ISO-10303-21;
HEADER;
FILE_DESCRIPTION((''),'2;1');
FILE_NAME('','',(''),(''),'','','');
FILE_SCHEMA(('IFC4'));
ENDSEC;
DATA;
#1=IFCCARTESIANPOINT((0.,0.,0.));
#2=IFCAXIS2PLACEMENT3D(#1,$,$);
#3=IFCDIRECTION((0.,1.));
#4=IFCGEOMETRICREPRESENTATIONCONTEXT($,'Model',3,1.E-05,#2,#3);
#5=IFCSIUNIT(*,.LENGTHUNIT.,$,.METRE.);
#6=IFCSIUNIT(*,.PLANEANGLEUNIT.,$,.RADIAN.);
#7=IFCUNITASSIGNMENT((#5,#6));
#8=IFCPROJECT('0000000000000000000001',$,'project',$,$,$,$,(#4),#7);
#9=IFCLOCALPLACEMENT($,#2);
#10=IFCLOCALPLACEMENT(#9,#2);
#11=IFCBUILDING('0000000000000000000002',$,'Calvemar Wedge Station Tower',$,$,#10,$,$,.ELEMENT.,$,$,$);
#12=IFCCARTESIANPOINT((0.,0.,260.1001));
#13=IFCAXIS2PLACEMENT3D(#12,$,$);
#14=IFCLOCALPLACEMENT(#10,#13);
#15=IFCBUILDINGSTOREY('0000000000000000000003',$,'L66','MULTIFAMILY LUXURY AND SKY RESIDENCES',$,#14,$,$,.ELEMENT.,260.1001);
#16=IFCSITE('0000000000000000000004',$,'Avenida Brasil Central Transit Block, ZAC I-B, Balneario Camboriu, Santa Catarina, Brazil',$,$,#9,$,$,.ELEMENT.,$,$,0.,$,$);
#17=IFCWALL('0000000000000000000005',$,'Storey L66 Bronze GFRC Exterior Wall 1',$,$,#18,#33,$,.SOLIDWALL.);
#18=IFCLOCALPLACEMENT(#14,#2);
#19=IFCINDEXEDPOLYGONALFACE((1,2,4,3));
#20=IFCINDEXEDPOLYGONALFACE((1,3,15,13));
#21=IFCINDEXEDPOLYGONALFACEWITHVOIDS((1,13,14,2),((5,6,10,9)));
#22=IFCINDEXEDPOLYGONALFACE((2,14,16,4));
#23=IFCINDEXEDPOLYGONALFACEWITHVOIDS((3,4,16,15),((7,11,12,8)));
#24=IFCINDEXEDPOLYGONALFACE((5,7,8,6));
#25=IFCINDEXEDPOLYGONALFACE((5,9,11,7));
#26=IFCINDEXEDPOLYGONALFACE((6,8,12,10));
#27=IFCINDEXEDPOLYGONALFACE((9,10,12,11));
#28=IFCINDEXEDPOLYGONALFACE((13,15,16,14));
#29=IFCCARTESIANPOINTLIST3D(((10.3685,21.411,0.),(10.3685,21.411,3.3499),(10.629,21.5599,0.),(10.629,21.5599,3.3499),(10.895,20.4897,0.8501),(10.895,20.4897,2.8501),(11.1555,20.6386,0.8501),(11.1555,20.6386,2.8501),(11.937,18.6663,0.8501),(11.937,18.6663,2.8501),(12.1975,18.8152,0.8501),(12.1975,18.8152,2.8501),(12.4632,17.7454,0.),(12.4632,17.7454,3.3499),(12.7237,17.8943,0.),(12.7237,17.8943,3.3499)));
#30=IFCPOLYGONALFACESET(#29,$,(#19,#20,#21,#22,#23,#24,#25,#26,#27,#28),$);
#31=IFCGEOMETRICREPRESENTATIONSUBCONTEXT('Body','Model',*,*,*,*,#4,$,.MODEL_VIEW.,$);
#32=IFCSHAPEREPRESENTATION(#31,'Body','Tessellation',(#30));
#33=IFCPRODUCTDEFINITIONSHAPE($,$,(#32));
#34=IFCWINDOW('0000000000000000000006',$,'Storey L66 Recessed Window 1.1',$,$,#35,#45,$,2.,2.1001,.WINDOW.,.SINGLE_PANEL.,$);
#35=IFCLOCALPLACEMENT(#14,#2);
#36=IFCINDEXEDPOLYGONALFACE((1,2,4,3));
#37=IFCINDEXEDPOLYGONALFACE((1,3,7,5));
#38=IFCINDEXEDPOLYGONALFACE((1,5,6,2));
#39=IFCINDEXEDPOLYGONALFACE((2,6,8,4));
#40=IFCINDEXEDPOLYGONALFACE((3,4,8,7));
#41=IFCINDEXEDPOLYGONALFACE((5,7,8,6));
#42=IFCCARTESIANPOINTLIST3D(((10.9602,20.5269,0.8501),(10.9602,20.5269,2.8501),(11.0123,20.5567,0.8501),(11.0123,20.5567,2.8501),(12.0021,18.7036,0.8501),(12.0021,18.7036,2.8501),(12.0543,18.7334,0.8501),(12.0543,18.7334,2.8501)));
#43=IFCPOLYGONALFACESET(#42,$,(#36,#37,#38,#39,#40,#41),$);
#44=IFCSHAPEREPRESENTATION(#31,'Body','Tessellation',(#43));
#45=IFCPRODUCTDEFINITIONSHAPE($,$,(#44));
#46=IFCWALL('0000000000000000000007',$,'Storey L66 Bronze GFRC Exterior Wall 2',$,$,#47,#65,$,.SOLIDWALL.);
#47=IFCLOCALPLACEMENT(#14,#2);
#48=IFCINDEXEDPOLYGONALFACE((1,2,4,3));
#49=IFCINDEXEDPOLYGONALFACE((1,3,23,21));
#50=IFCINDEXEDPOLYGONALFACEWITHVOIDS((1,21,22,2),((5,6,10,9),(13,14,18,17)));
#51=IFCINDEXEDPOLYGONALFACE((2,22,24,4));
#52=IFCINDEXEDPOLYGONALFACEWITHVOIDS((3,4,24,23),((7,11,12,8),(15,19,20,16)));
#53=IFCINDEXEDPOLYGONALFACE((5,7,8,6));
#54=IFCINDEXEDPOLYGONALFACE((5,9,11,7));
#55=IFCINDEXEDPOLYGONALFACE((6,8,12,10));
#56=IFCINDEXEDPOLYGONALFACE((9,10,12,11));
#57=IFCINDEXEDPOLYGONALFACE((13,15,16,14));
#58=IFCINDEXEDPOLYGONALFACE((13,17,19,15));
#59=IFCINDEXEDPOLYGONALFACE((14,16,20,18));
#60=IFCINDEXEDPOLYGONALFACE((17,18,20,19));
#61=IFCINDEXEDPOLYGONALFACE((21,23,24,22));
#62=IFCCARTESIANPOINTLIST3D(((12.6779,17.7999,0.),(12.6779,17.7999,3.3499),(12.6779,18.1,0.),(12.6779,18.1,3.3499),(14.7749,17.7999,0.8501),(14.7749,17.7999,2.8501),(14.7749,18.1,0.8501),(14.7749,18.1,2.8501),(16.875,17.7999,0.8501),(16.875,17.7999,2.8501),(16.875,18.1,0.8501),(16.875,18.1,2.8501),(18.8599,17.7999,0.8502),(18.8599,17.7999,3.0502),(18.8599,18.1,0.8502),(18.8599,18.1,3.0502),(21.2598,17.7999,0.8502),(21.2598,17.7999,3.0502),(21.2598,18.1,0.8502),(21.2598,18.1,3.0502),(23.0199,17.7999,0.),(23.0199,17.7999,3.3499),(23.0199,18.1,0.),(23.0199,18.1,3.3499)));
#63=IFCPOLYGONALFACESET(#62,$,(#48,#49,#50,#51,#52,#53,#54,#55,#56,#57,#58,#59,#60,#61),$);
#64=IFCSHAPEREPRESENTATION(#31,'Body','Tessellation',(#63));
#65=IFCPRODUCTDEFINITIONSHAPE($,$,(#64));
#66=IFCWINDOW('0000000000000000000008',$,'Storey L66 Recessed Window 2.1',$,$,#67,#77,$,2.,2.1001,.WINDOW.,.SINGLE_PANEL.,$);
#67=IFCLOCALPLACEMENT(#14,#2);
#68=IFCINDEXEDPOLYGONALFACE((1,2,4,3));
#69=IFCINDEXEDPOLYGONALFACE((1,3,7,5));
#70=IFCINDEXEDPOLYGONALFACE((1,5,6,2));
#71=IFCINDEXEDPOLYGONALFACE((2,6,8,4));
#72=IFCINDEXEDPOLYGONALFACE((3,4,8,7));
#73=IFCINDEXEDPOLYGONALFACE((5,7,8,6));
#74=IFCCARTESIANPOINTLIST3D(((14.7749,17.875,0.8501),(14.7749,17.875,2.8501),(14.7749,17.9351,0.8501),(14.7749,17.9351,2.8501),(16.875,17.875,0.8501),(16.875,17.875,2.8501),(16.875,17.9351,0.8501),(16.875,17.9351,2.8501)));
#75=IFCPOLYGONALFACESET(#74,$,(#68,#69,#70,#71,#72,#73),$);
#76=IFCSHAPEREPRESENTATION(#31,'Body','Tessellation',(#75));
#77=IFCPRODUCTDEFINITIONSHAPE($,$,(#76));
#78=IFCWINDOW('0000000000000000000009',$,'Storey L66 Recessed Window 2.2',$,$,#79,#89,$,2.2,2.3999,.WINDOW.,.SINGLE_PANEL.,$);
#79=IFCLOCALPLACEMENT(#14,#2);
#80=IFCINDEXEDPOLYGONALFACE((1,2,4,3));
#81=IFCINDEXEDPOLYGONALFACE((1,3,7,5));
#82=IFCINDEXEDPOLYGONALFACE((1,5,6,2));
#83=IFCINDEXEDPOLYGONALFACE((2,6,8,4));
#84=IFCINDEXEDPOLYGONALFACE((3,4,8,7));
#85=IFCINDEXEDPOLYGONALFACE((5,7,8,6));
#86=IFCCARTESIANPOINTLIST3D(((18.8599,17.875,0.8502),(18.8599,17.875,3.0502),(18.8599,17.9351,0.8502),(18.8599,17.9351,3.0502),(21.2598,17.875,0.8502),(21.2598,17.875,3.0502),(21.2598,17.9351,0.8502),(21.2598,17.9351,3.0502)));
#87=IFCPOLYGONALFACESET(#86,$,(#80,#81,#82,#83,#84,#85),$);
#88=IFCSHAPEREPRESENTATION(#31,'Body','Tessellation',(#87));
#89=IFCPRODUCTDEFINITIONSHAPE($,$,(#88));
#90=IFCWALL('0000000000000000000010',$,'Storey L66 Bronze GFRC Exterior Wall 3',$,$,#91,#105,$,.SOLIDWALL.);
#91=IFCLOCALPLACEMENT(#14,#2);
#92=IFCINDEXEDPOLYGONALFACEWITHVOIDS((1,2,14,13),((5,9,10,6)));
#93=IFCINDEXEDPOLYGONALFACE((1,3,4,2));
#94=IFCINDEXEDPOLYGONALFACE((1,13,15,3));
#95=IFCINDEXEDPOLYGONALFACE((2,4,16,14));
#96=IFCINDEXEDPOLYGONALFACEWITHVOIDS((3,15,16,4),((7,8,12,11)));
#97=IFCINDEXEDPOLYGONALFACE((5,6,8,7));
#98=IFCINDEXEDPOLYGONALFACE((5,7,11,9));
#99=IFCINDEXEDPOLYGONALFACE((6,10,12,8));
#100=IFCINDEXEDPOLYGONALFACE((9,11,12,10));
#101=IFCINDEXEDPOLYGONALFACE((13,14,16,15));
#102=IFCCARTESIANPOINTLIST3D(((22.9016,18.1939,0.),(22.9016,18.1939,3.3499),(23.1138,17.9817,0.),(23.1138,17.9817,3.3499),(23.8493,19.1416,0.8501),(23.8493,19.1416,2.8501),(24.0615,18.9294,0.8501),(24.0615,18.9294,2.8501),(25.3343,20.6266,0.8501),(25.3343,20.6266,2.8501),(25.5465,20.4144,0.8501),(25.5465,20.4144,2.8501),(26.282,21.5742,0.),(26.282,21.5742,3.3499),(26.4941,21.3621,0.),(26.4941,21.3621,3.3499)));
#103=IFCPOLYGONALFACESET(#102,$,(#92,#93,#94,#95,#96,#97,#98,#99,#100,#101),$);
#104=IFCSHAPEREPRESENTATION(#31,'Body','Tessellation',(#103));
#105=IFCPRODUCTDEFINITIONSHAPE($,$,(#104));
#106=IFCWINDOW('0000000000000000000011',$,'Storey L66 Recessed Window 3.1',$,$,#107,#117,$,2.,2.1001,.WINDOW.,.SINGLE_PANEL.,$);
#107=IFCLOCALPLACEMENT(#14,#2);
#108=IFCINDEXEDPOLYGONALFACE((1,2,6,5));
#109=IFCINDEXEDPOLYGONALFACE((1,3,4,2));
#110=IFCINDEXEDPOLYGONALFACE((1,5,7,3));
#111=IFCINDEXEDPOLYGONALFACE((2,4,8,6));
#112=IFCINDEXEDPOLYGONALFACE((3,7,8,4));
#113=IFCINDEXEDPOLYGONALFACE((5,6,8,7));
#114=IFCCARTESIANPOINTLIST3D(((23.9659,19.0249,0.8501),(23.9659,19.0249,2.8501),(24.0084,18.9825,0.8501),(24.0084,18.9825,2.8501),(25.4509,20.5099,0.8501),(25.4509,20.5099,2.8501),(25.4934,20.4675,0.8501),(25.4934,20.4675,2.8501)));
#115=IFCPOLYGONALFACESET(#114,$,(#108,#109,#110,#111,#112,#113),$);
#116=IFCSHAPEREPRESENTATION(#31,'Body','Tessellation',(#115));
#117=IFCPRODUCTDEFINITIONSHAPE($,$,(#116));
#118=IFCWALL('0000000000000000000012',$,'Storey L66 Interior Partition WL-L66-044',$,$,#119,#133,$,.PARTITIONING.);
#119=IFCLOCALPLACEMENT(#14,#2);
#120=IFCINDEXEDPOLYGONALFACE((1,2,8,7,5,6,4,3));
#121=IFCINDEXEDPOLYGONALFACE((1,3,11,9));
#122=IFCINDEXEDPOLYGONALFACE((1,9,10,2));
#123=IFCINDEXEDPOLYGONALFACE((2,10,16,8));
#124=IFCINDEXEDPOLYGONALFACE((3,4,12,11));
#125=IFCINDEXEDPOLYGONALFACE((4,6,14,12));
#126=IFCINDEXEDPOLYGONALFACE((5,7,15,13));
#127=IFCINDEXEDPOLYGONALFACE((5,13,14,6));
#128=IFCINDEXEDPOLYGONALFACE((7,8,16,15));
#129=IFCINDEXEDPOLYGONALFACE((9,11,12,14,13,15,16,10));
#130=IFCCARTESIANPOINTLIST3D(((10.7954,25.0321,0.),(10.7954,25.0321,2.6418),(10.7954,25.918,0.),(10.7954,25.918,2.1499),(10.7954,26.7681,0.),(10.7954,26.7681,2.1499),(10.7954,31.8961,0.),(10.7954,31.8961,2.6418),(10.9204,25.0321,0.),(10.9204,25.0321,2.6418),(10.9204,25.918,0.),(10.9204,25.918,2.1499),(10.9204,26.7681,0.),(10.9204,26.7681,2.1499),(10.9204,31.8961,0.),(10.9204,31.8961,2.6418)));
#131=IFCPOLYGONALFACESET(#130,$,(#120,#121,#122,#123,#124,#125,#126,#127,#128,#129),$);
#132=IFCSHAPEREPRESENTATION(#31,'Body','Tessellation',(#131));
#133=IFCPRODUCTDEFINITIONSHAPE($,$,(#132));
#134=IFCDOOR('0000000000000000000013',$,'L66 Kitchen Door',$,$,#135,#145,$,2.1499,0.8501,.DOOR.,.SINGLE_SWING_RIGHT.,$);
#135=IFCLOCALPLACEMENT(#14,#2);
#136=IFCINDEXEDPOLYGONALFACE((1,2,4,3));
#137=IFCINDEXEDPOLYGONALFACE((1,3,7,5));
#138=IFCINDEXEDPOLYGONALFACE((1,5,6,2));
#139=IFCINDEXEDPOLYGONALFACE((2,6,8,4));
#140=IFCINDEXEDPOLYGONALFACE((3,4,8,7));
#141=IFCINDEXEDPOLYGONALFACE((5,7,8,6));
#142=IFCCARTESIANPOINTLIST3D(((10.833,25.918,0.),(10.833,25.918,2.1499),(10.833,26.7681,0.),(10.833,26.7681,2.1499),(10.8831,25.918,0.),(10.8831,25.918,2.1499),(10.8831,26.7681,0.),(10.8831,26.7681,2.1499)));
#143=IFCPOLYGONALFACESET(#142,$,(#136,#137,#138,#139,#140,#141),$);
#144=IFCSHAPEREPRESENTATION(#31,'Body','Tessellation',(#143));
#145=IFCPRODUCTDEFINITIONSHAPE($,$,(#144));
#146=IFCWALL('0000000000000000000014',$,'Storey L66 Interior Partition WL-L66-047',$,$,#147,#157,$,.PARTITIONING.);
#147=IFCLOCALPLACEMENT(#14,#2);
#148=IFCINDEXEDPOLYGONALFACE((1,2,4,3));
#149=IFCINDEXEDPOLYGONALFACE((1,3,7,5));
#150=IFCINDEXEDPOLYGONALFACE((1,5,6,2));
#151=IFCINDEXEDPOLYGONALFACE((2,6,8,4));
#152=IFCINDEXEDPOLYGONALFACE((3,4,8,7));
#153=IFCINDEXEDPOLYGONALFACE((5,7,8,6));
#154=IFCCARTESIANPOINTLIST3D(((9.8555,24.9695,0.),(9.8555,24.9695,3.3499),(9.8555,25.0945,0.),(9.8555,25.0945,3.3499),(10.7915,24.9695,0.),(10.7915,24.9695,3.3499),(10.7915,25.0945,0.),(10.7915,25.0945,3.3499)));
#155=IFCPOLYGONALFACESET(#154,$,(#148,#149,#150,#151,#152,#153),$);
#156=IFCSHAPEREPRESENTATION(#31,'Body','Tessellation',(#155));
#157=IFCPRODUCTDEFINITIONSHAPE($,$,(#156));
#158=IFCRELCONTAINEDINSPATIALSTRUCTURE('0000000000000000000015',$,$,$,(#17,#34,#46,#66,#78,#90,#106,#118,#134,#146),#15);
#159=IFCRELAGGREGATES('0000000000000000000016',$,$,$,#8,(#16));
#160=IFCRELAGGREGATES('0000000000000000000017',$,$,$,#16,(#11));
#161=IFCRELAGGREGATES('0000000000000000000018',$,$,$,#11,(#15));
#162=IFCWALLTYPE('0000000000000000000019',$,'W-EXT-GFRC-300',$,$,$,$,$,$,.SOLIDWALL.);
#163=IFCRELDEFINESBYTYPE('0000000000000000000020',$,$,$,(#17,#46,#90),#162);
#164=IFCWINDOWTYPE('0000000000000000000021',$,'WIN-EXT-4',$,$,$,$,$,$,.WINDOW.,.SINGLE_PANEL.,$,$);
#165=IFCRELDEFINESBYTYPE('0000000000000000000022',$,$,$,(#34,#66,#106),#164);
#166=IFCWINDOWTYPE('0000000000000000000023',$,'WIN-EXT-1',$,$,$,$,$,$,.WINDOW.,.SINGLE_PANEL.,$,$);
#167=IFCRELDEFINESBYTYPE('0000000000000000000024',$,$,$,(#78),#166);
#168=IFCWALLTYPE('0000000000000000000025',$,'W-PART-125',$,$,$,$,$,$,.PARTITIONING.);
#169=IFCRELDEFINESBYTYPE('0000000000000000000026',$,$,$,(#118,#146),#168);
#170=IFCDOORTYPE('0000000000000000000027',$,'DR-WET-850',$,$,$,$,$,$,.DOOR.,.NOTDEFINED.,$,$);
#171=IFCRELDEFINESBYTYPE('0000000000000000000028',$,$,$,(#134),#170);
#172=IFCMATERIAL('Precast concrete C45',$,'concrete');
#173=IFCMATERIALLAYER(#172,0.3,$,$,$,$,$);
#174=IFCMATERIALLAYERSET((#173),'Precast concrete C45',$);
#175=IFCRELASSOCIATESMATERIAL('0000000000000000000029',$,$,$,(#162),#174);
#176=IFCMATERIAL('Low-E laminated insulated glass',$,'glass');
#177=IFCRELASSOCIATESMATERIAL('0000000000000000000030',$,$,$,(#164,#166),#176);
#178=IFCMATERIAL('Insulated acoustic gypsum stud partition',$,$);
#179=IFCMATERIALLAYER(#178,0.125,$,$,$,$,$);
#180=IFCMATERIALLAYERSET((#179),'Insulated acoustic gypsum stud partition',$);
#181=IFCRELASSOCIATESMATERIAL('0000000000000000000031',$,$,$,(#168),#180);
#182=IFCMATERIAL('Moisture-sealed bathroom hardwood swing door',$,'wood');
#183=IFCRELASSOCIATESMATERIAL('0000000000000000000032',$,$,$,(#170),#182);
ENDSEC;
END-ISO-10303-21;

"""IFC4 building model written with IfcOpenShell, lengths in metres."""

from ifc_helpers import new_model, si_unit, direction, frame, frame_2d, origin, place, context, subcontext, project, spatial, rectangle, extrude, source, transform, mapped, material, layer, layer_set, type_object, element, fill, save


model = new_model("IFC4")

# Units and contexts
model_context = context("Model", 3, precision=1e-05, world=origin(), true_north=direction((0.0, 1.0)))
body_context = subcontext(model_context, "Body", "Model", "MODEL_VIEW")
ifc_project = project(units=[si_unit("LENGTHUNIT", "METRE"), si_unit("PLANEANGLEUNIT", "RADIAN")], contexts=[model_context])

# Site, building, storey
site_placement = place(None, origin())
site = spatial("IfcSite", under=ifc_project, at=site_placement, Name="Avenida Brasil Central Transit Block, ZAC I-B, Balneario Camboriu, Santa Catarina, Brazil", CompositionType="ELEMENT", RefElevation=0.0)
building_placement = place(site_placement, origin())
building = spatial("IfcBuilding", under=site, at=building_placement, Name="Calvemar Wedge Station Tower", CompositionType="ELEMENT")
storey_placement = place(building_placement, frame((0.0, 0.0, 260.1001)))
storey = spatial("IfcBuildingStorey", under=building, at=storey_placement, Name="L66", Description="MULTIFAMILY LUXURY AND SKY RESIDENCES", CompositionType="ELEMENT", Elevation=260.1001)

# Wall, opening, window
ifc_material_1 = material(Name="Precast concrete C45", Category="concrete")
ifc_layer_1 = layer(ifc_material_1, 0.3)
ifc_layer_set_1 = layer_set([ifc_layer_1], Name="Precast concrete C45")
wall_type_1 = type_object("IfcWallType", Name="W-EXT-GFRC-300", PredefinedType="SOLIDWALL", material=ifc_layer_set_1)
wall_1_placement = place(storey_placement, frame((10.4988, 21.4854, 0.0), z_axis=(0.0, 0.0, 1.0), x_axis=(0.496164, -0.868229, 0.0)))
wall_1 = element("IfcWall", 1, at=wall_1_placement, inside=storey, type_object=wall_type_1, Name="Storey L66 Bronze GFRC Exterior Wall 1", PredefinedType="SOLIDWALL", context=body_context, shape_type="SweptSolid", body=[
    extrude(rectangle(XDim=4.2219, YDim=0.3, at=frame_2d((2.1108, 0.0))), origin(), (0.0, 0.0, 1.0), 3.3499),
])
shared_shape_1 = source(origin(), body_context, "Body", "SweptSolid", [
    extrude(rectangle(XDim=2.1001, YDim=2.0, at=frame_2d((1.05, 1.0))), frame((0.0, 0.1602, 0.0), z_axis=(0.0, -1.0, 0.0), x_axis=(1.0, 0.0, 0.0)), (0.0, 0.0, 1.0), 0.3201),
])
opening_1_placement = place(wall_1_placement, frame((1.061, 0.0, 0.8501)))
opening_1 = element("IfcOpeningElement", 2, at=opening_1_placement, cuts=wall_1, PredefinedType="OPENING", context=body_context, shape_type="MappedRepresentation", body=[
    mapped(shared_shape_1, transform((0.0, 0.0, 0.0), scale=1.0)),
])
ifc_material_2 = material(Name="Low-E laminated insulated glass", Category="glass")
window_type_1 = type_object("IfcWindowType", Name="WIN-EXT-4", PartitioningType="SINGLE_PANEL", PredefinedType="WINDOW", material=ifc_material_2)
shared_shape_2 = source(origin(), body_context, "Body", "SweptSolid", [
    extrude(rectangle(XDim=2.1001, YDim=2.0, at=frame_2d((1.05, 1.0))), frame((0.0, -0.0149, 0.0), z_axis=(0.0, -1.0, 0.0), x_axis=(1.0, 0.0, 0.0)), (0.0, 0.0, 1.0), 0.0601),
])
window_1_placement = place(opening_1_placement, origin())
window_1 = element("IfcWindow", 3, at=window_1_placement, inside=storey, type_object=window_type_1, Name="Storey L66 Recessed Window 1.1", OverallHeight=2.0, OverallWidth=2.1001, PartitioningType="SINGLE_PANEL", PredefinedType="WINDOW", context=body_context, shape_type="MappedRepresentation", body=[
    mapped(shared_shape_2, transform((0.0, 0.0, 0.0), scale=1.0)),
])
fill(opening_1, window_1)

# Wall, openings, windows
wall_2_placement = place(storey_placement, frame((12.678, 17.95, 0.0), z_axis=(0.0, 0.0, 1.0), x_axis=(1.0, 0.0, 0.0)))
wall_2 = element("IfcWall", 4, at=wall_2_placement, inside=storey, type_object=wall_type_1, Name="Storey L66 Bronze GFRC Exterior Wall 2", PredefinedType="SOLIDWALL", context=body_context, shape_type="SweptSolid", body=[
    extrude(rectangle(XDim=10.342, YDim=0.3, at=frame_2d((5.1709, 0.0))), origin(), (0.0, 0.0, 1.0), 3.3499),
])
opening_2_placement = place(wall_2_placement, frame((2.0969, 0.0, 0.8501)))
opening_2 = element("IfcOpeningElement", 5, at=opening_2_placement, cuts=wall_2, PredefinedType="OPENING", context=body_context, shape_type="MappedRepresentation", body=[
    mapped(shared_shape_1, transform((0.0, 0.0, 0.0), scale=1.0)),
])
shared_shape_3 = source(origin(), body_context, "Body", "SweptSolid", [
    extrude(rectangle(XDim=2.3999, YDim=2.2, at=frame_2d((1.2, 1.1001))), frame((0.0, 0.1602, 0.0), z_axis=(0.0, -1.0, 0.0), x_axis=(1.0, 0.0, 0.0)), (0.0, 0.0, 1.0), 0.3201),
])
opening_3_placement = place(wall_2_placement, frame((6.1819, 0.0, 0.8501)))
opening_3 = element("IfcOpeningElement", 6, at=opening_3_placement, cuts=wall_2, PredefinedType="OPENING", context=body_context, shape_type="MappedRepresentation", body=[
    mapped(shared_shape_3, transform((0.0, 0.0, 0.0), scale=1.0)),
])
window_2_placement = place(opening_2_placement, origin())
window_2 = element("IfcWindow", 7, at=window_2_placement, inside=storey, type_object=window_type_1, Name="Storey L66 Recessed Window 2.1", OverallHeight=2.0, OverallWidth=2.1001, PartitioningType="SINGLE_PANEL", PredefinedType="WINDOW", context=body_context, shape_type="MappedRepresentation", body=[
    mapped(shared_shape_2, transform((0.0, 0.0, 0.0), scale=1.0)),
])
fill(opening_2, window_2)
window_type_2 = type_object("IfcWindowType", Name="WIN-EXT-1", PartitioningType="SINGLE_PANEL", PredefinedType="WINDOW", material=ifc_material_2)
shared_shape_4 = source(origin(), body_context, "Body", "SweptSolid", [
    extrude(rectangle(XDim=2.3999, YDim=2.2, at=frame_2d((1.2, 1.1001))), frame((0.0, -0.0149, 0.0), z_axis=(0.0, -1.0, 0.0), x_axis=(1.0, 0.0, 0.0)), (0.0, 0.0, 1.0), 0.0601),
])
window_3_placement = place(opening_3_placement, origin())
window_3 = element("IfcWindow", 8, at=window_3_placement, inside=storey, type_object=window_type_2, Name="Storey L66 Recessed Window 2.2", OverallHeight=2.2, OverallWidth=2.3999, PartitioningType="SINGLE_PANEL", PredefinedType="WINDOW", context=body_context, shape_type="MappedRepresentation", body=[
    mapped(shared_shape_4, transform((0.0, 0.0, 0.0), scale=1.0)),
])
fill(opening_3, window_3)

# Wall, opening, window
wall_3_placement = place(storey_placement, frame((23.0078, 18.0879, 0.0), z_axis=(0.0, 0.0, 1.0), x_axis=(0.707107, 0.707107, 0.0)))
wall_3 = element("IfcWall", 9, at=wall_3_placement, inside=storey, type_object=wall_type_1, Name="Storey L66 Bronze GFRC Exterior Wall 3", PredefinedType="SOLIDWALL", context=body_context, shape_type="SweptSolid", body=[
    extrude(rectangle(XDim=4.7805, YDim=0.3, at=frame_2d((2.3901, 0.0))), origin(), (0.0, 0.0, 1.0), 3.3499),
])
opening_4_placement = place(wall_3_placement, frame((1.3401, 0.0, 0.8501)))
opening_4 = element("IfcOpeningElement", 10, at=opening_4_placement, cuts=wall_3, PredefinedType="OPENING", context=body_context, shape_type="MappedRepresentation", body=[
    mapped(shared_shape_1, transform((0.0, 0.0, 0.0), scale=1.0)),
])
window_4_placement = place(opening_4_placement, origin())
window_4 = element("IfcWindow", 11, at=window_4_placement, inside=storey, type_object=window_type_1, Name="Storey L66 Recessed Window 3.1", OverallHeight=2.0, OverallWidth=2.1001, PartitioningType="SINGLE_PANEL", PredefinedType="WINDOW", context=body_context, shape_type="MappedRepresentation", body=[
    mapped(shared_shape_2, transform((0.0, 0.0, 0.0), scale=1.0)),
])
fill(opening_4, window_4)

# Wall, opening, door
ifc_material_3 = material(Name="Insulated acoustic gypsum stud partition")
ifc_layer_2 = layer(ifc_material_3, 0.125)
ifc_layer_set_2 = layer_set([ifc_layer_2], Name="Insulated acoustic gypsum stud partition")
wall_type_2 = type_object("IfcWallType", Name="W-PART-125", PredefinedType="PARTITIONING", material=ifc_layer_set_2)
wall_4_placement = place(storey_placement, frame((10.8579, 25.032, 0.0), z_axis=(0.0, 0.0, 1.0), x_axis=(0.0, 1.0, 0.0)))
wall_4 = element("IfcWall", 12, at=wall_4_placement, inside=storey, type_object=wall_type_2, Name="Storey L66 Interior Partition WL-L66-044", PredefinedType="PARTITIONING", context=body_context, shape_type="SweptSolid", body=[
    extrude(rectangle(XDim=6.864, YDim=0.125, at=frame_2d((3.4321, 0.0))), origin(), (0.0, 0.0, 1.0), 2.6418),
])
shared_shape_5 = source(origin(), body_context, "Body", "SweptSolid", [
    extrude(rectangle(XDim=0.8501, YDim=2.1499, at=frame_2d((0.425, 1.075))), frame((0.0, 0.0725, 0.0), z_axis=(0.0, -1.0, 0.0), x_axis=(1.0, 0.0, 0.0)), (0.0, 0.0, 1.0), 0.145),
])
opening_5_placement = place(wall_4_placement, frame((0.886, 0.0, 0.0)))
opening_5 = element("IfcOpeningElement", 13, at=opening_5_placement, cuts=wall_4, PredefinedType="OPENING", context=body_context, shape_type="MappedRepresentation", body=[
    mapped(shared_shape_5, transform((0.0, 0.0, 0.0), scale=1.0)),
])
ifc_material_4 = material(Name="Moisture-sealed bathroom hardwood swing door", Category="wood")
door_type_1 = type_object("IfcDoorType", Name="DR-WET-850", OperationType="NOTDEFINED", PredefinedType="DOOR", material=ifc_material_4)
shared_shape_6 = source(origin(), body_context, "Body", "SweptSolid", [
    extrude(rectangle(XDim=0.8501, YDim=2.1499, at=frame_2d((0.425, 1.075))), frame((0.0, 0.0249, 0.0), z_axis=(0.0, -1.0, 0.0), x_axis=(1.0, 0.0, 0.0)), (0.0, 0.0, 1.0), 0.05),
])
door_1_placement = place(opening_5_placement, origin())
door_1 = element("IfcDoor", 14, at=door_1_placement, inside=storey, type_object=door_type_1, Name="L66 Kitchen Door", OperationType="SINGLE_SWING_RIGHT", OverallHeight=2.1499, OverallWidth=0.8501, PredefinedType="DOOR", context=body_context, shape_type="MappedRepresentation", body=[
    mapped(shared_shape_6, transform((0.0, 0.0, 0.0), scale=1.0)),
])
fill(opening_5, door_1)

# Wall
wall_5_placement = place(storey_placement, frame((10.7915, 25.032, 0.0), z_axis=(0.0, 0.0, 1.0), x_axis=(-1.0, 0.0, 0.0)))
element("IfcWall", 15, at=wall_5_placement, inside=storey, type_object=wall_type_2, Name="Storey L66 Interior Partition WL-L66-047", PredefinedType="PARTITIONING", context=body_context, shape_type="SweptSolid", body=[
    extrude(rectangle(XDim=0.936, YDim=0.125, at=frame_2d((0.468, 0.0))), origin(), (0.0, 0.0, 1.0), 3.3499),
])

save(model, "model.ifc")
